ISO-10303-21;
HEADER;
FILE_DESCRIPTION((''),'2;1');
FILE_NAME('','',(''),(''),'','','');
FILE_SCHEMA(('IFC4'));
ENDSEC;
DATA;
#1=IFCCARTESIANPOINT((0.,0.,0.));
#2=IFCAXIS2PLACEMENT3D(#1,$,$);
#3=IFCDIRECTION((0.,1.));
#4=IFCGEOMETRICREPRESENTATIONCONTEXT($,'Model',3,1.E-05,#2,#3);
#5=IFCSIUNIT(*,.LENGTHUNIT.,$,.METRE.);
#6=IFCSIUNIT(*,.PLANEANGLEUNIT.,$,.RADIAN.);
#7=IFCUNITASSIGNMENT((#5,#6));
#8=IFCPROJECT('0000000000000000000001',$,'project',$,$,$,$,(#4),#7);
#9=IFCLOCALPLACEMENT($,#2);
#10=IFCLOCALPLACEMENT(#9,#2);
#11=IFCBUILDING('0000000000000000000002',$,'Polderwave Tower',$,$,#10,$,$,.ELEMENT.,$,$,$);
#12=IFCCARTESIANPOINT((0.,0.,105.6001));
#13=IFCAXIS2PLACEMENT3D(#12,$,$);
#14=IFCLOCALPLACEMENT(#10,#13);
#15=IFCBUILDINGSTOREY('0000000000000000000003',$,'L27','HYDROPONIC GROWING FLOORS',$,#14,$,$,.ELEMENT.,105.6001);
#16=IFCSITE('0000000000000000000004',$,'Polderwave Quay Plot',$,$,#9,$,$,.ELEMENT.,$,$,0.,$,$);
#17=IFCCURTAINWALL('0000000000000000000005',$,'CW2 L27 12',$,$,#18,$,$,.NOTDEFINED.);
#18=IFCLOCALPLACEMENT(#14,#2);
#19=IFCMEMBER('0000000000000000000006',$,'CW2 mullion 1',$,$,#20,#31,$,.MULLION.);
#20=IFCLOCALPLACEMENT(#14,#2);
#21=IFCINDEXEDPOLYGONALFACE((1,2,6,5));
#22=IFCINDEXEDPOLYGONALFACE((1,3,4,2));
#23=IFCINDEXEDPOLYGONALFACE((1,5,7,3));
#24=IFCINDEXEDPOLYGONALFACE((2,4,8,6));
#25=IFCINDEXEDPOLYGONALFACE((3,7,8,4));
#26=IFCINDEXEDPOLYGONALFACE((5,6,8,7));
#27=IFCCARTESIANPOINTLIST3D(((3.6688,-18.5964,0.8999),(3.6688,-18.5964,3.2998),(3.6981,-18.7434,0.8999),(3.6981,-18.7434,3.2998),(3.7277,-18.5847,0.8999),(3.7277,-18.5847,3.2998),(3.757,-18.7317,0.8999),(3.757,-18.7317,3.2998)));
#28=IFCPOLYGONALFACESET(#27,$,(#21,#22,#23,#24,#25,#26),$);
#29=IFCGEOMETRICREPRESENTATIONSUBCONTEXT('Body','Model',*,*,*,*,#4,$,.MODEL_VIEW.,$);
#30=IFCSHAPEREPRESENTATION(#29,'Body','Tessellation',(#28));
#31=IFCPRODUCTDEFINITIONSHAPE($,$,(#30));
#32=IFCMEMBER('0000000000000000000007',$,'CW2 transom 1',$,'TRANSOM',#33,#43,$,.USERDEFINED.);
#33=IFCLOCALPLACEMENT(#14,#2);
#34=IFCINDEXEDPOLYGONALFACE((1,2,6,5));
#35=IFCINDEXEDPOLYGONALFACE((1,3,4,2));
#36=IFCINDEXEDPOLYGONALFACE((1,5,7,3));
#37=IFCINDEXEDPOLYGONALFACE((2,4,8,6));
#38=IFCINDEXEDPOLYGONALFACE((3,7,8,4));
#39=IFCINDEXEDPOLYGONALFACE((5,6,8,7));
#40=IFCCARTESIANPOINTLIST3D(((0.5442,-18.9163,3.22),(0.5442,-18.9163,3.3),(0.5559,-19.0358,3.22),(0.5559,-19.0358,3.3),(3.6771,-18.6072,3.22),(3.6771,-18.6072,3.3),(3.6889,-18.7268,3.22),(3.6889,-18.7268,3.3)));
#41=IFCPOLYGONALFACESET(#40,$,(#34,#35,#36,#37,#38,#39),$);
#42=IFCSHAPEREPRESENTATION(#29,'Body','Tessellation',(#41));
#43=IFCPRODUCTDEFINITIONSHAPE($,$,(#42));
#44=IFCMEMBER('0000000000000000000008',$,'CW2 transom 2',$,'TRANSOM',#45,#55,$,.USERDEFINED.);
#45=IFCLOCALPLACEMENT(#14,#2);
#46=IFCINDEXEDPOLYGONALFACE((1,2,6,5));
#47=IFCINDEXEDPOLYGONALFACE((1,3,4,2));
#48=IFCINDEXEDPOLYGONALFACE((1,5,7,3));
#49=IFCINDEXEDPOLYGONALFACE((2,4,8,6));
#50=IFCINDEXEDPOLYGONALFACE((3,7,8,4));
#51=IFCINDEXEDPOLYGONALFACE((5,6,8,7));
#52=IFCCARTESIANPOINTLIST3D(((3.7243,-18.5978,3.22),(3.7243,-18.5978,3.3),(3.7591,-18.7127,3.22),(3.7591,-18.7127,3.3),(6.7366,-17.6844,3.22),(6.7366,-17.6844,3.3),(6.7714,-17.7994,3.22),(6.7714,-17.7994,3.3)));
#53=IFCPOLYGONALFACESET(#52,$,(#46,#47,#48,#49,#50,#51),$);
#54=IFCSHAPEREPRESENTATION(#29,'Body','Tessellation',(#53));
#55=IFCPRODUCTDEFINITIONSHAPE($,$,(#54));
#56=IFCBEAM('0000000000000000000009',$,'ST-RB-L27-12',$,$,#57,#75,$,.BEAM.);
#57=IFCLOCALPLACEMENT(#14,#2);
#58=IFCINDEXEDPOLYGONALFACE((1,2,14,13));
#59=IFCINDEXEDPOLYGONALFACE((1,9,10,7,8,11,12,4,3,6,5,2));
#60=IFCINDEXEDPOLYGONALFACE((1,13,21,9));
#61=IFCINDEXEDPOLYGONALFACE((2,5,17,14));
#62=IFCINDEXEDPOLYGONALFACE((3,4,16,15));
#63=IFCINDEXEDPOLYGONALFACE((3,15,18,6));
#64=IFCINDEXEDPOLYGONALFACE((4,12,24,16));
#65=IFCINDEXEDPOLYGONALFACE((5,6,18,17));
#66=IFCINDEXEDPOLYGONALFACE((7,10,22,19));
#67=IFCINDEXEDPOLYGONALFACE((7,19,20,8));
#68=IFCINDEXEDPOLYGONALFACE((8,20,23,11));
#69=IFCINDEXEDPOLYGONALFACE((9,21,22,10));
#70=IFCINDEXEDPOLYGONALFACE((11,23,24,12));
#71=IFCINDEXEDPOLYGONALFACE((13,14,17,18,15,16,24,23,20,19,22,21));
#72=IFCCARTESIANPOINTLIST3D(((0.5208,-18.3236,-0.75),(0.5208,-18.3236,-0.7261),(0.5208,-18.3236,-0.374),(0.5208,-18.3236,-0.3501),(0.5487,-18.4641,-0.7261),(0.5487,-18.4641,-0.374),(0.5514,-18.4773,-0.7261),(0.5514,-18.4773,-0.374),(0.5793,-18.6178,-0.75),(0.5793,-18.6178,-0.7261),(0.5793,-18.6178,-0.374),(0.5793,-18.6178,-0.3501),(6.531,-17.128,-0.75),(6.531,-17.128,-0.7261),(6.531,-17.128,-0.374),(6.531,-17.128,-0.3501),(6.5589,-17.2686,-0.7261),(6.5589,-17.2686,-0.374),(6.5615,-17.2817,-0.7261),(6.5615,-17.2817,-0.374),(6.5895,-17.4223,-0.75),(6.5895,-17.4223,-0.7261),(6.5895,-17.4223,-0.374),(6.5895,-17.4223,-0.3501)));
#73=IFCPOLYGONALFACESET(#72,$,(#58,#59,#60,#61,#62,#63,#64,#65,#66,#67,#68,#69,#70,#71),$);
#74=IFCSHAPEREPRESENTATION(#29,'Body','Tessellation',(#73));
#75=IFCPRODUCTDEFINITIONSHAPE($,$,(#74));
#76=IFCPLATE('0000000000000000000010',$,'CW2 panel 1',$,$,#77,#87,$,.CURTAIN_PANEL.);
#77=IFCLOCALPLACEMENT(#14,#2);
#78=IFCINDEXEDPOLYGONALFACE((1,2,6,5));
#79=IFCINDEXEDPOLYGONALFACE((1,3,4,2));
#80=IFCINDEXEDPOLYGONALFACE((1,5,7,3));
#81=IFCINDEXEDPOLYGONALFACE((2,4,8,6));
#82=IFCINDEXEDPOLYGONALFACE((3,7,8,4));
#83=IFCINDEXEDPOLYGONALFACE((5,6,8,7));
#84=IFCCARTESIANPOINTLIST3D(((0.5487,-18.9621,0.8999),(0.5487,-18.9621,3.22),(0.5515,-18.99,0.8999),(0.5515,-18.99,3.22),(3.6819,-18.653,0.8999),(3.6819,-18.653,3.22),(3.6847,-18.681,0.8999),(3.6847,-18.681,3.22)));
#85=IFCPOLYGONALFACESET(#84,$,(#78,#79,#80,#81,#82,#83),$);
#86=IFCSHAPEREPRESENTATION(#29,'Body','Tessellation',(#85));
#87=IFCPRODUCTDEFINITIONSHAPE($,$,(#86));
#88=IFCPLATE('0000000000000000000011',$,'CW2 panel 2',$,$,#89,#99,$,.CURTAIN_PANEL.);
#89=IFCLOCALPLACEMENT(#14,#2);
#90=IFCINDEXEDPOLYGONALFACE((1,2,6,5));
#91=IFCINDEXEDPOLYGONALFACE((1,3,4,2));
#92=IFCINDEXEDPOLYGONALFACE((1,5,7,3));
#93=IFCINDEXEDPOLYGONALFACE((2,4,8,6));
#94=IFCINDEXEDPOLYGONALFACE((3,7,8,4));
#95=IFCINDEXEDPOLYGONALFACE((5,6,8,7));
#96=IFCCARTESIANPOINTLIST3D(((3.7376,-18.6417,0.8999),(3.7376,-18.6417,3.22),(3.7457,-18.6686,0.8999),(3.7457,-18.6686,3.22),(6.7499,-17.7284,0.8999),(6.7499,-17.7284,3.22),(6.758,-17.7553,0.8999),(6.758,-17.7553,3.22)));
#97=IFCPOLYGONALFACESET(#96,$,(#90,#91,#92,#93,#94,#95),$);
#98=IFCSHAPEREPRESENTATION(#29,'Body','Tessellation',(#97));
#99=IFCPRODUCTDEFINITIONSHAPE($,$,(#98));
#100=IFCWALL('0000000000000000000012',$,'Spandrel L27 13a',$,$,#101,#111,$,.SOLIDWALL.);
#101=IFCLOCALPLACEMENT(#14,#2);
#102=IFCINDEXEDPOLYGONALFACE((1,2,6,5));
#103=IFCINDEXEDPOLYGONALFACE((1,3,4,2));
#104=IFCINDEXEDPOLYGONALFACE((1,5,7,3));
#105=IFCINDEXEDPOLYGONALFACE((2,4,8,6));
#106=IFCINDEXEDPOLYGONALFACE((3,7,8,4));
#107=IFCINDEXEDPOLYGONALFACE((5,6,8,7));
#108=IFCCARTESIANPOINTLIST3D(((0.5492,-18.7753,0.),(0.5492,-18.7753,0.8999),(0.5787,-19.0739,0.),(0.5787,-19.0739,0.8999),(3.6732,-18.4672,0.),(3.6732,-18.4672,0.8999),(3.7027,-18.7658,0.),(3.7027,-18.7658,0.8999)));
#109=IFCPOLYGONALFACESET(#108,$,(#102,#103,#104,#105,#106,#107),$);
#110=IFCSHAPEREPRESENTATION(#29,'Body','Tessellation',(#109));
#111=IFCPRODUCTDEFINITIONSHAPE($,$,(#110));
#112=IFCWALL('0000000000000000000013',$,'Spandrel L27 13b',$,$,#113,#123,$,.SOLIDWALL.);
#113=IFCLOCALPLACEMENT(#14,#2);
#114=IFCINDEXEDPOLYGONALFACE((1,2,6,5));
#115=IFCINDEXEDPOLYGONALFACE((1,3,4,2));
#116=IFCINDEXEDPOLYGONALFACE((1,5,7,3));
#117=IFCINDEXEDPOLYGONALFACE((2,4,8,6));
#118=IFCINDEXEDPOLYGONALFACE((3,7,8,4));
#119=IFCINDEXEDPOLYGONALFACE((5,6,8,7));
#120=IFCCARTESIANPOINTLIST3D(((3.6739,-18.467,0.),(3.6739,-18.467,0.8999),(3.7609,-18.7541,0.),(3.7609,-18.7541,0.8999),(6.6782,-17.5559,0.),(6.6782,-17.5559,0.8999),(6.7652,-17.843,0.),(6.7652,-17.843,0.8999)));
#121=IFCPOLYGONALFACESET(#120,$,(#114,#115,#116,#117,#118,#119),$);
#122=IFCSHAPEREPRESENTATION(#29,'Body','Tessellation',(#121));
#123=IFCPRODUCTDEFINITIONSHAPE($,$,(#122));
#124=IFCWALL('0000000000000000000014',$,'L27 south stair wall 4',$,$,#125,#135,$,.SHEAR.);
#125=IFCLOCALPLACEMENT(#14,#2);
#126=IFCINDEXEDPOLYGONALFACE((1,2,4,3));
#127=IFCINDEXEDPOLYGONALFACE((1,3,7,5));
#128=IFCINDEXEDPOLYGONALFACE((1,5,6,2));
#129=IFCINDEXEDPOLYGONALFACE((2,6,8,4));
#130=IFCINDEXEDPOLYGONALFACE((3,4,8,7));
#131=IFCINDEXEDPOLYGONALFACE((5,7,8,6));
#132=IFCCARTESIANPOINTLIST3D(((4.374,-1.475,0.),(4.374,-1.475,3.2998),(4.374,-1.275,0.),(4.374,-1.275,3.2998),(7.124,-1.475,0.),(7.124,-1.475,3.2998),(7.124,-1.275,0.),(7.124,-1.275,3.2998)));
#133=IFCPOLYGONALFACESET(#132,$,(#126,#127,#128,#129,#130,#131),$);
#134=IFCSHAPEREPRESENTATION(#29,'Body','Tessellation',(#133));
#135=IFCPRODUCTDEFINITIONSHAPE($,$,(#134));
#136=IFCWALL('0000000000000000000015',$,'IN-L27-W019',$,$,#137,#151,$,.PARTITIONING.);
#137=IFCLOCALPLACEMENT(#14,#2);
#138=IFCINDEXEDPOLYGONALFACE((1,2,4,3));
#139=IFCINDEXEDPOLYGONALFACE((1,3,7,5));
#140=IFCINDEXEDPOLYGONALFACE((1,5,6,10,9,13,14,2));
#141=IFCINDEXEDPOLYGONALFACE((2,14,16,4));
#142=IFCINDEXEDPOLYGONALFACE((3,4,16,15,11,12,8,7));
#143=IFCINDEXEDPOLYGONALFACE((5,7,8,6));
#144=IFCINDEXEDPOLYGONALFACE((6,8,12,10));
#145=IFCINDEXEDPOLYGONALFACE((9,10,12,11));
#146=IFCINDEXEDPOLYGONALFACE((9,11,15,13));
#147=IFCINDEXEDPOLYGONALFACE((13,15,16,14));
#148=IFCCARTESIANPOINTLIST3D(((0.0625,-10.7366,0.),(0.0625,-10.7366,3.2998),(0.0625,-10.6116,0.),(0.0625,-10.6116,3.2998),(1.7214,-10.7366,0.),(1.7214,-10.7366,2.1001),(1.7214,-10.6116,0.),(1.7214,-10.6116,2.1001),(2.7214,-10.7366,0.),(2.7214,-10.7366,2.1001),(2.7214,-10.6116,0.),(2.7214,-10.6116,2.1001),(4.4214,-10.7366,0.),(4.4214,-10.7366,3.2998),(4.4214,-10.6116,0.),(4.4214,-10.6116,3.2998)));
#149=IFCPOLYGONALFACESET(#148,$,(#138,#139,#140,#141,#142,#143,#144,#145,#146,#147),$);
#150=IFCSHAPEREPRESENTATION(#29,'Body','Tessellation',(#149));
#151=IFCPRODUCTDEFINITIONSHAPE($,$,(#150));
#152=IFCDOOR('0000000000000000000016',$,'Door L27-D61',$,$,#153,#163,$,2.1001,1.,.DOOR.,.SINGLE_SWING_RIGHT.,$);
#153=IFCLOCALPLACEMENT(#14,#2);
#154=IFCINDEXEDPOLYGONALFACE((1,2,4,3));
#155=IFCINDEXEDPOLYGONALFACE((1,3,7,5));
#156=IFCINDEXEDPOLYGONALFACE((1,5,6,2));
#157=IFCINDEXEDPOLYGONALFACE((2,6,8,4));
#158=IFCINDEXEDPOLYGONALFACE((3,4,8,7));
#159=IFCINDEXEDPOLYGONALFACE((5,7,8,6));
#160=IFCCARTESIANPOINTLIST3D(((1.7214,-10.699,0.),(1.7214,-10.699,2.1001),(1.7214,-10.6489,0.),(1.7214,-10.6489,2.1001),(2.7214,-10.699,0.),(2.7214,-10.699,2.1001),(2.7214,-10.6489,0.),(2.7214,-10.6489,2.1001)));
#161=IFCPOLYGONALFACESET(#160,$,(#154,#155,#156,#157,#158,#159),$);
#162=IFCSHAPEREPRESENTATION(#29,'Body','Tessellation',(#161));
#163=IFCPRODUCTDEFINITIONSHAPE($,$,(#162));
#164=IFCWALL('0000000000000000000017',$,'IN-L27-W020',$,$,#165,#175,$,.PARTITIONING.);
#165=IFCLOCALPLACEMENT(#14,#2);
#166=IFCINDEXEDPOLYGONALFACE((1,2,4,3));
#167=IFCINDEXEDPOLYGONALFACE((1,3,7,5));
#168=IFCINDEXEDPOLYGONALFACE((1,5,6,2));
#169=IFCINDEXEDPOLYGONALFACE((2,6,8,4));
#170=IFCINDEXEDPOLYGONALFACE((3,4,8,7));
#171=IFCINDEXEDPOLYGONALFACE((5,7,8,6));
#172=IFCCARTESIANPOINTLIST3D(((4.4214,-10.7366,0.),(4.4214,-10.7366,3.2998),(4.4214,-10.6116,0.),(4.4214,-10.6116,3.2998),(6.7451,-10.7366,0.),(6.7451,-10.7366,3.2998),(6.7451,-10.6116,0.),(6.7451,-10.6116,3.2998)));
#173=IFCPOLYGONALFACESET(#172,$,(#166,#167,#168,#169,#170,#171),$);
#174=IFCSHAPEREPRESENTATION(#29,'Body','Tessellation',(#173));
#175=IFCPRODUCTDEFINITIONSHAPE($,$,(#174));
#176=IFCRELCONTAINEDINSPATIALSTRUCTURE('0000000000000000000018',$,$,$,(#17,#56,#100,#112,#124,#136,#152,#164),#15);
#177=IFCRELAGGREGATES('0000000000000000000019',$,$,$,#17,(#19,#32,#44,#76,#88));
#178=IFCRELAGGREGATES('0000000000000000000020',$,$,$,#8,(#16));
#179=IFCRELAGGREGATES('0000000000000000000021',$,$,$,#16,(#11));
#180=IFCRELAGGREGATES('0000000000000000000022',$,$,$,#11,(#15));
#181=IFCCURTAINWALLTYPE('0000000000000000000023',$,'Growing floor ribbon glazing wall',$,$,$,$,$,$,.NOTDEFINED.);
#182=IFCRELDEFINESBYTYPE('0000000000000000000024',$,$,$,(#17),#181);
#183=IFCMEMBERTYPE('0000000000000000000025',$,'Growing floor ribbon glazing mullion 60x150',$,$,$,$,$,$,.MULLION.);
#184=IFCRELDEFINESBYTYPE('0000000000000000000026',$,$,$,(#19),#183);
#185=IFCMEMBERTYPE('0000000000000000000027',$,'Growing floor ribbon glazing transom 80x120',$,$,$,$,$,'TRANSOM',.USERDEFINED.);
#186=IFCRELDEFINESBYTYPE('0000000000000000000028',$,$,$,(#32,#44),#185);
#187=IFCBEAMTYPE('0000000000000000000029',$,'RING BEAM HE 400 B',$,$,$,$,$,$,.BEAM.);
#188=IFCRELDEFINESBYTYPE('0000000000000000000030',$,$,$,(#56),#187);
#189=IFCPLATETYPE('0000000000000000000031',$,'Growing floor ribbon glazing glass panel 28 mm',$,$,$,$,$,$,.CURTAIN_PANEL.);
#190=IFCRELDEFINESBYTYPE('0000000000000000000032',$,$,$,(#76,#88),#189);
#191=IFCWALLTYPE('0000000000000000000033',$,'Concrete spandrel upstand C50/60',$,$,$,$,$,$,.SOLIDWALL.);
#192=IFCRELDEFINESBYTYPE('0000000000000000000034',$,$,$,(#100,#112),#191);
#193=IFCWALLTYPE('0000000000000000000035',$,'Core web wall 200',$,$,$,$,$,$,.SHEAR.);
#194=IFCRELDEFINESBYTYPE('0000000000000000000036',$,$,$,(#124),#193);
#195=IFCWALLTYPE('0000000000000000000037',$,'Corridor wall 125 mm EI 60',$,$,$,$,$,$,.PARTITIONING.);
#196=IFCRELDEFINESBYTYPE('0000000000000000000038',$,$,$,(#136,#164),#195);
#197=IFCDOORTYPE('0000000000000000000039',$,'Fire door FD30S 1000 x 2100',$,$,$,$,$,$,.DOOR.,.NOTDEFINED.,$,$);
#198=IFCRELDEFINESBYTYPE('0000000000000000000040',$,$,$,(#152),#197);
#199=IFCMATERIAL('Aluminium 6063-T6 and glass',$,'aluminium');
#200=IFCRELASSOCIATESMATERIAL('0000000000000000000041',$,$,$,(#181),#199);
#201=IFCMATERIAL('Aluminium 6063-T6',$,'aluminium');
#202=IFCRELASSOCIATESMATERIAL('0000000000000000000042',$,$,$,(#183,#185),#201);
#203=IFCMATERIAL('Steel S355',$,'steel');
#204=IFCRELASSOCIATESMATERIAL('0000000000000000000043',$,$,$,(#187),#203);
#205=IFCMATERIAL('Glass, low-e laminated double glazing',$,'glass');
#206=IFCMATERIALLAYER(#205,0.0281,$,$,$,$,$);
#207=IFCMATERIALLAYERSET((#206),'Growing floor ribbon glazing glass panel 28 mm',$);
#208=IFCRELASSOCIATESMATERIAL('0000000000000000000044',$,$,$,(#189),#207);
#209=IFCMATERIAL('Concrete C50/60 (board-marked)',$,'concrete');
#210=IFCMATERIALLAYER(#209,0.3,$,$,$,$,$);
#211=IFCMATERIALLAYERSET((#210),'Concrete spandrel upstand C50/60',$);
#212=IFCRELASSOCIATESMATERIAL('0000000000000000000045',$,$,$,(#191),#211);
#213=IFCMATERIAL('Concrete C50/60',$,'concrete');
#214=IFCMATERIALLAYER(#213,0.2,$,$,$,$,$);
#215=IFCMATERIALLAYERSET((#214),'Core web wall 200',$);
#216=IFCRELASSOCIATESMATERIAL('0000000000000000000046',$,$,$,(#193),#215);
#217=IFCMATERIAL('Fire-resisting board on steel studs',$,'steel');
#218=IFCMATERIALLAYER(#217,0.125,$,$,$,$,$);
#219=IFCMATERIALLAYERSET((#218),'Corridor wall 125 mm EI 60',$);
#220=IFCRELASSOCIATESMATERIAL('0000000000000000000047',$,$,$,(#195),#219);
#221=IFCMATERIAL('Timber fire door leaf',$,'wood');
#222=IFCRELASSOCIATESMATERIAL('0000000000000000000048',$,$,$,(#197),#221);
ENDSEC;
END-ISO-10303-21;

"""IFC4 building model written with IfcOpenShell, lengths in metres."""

from ifc_helpers import new_model, si_unit, direction, frame, frame_2d, origin, origin_2d, place, context, subcontext, project, spatial, rectangle, i_section, extrude, material, layer, layer_set, material_profile, profile_set, type_object, element, fill, aggregate, save


model = new_model("IFC4")

# Units and contexts
model_context = context("Model", 3, precision=1e-05, world=origin(), true_north=direction((0.0, 1.0)))
body_context = subcontext(model_context, "Body", "Model", "MODEL_VIEW")
ifc_project = project(units=[si_unit("LENGTHUNIT", "METRE"), si_unit("PLANEANGLEUNIT", "RADIAN")], contexts=[model_context])

# Site, building, storey
site_placement = place(None, origin())
site = spatial("IfcSite", under=ifc_project, at=site_placement, Name="Polderwave Quay Plot", CompositionType="ELEMENT", RefElevation=0.0)
building_placement = place(site_placement, origin())
building = spatial("IfcBuilding", under=site, at=building_placement, Name="Polderwave Tower", CompositionType="ELEMENT")
storey_placement = place(building_placement, frame((0.0, 0.0, 105.6001)))
storey = spatial("IfcBuildingStorey", under=building, at=storey_placement, Name="L27", Description="HYDROPONIC GROWING FLOORS", CompositionType="ELEMENT", Elevation=105.6001)

# Curtain wall, members
ifc_material_1 = material(Name="Aluminium 6063-T6 and glass", Category="aluminium")
curtain_wall_type = type_object("IfcCurtainWallType", Name="Growing floor ribbon glazing wall", PredefinedType="NOTDEFINED", material=ifc_material_1)
curtain_wall_placement = place(storey_placement, origin())
curtain_wall = element("IfcCurtainWall", 1, at=curtain_wall_placement, inside=storey, type_object=curtain_wall_type, Name="CW2 L27 12", PredefinedType="NOTDEFINED")
ifc_material_2 = material(Name="Aluminium 6063-T6", Category="aluminium")
ifc_material_profile_1 = material_profile(ifc_material_2, rectangle(XDim=0.1499, YDim=0.0601, at=origin_2d()), Name="AL 60x150")
ifc_profile_set_1 = profile_set([ifc_material_profile_1], Name="Aluminium 6063-T6")
member_type_1 = type_object("IfcMemberType", Name="Growing floor ribbon glazing mullion 60x150", PredefinedType="MULLION", material=ifc_profile_set_1)
member_1_placement = place(storey_placement, frame((3.7129, -18.6641, 0.8999), z_axis=(0.0, 0.0, 1.0), x_axis=(-0.195092, 0.980785, 0.0)))
member_1 = element("IfcMember", 2, at=member_1_placement, type_object=member_type_1, Name="CW2 mullion 1", PredefinedType="MULLION", context=body_context, shape_type="SweptSolid", body=[
    extrude(rectangle(XDim=0.1499, YDim=0.0601, at=origin_2d()), origin(), (0.0, 0.0, 1.0), 2.3999),
])
ifc_material_profile_2 = material_profile(ifc_material_2, rectangle(XDim=0.1201, YDim=0.0801, at=origin_2d()), Name="AL 80x120")
ifc_profile_set_2 = profile_set([ifc_material_profile_2], Name="Aluminium 6063-T6")
member_type_2 = type_object("IfcMemberType", Name="Growing floor ribbon glazing transom 80x120", ElementType="TRANSOM", PredefinedType="USERDEFINED", material=ifc_profile_set_2)
member_2_placement = place(storey_placement, frame((0.55, -18.9761, 3.26), z_axis=(0.995169, 0.098175, 0.0), x_axis=(-0.098175, 0.995169, 0.0)))
member_2 = element("IfcMember", 3, at=member_2_placement, type_object=member_type_2, Name="CW2 transom 1", ObjectType="TRANSOM", PredefinedType="USERDEFINED", context=body_context, shape_type="SweptSolid", body=[
    extrude(rectangle(XDim=0.1201, YDim=0.0801, at=origin_2d()), origin(), (0.0, 0.0, 1.0), 3.1482),
])
member_3_placement = place(storey_placement, frame((3.7417, -18.6553, 3.26), z_axis=(0.956977, 0.290165, 0.0), x_axis=(-0.290165, 0.956977, 0.0)))
member_3 = element("IfcMember", 4, at=member_3_placement, type_object=member_type_2, Name="CW2 transom 2", ObjectType="TRANSOM", PredefinedType="USERDEFINED", context=body_context, shape_type="SweptSolid", body=[
    extrude(rectangle(XDim=0.1201, YDim=0.0801, at=origin_2d()), origin(), (0.0, 0.0, 1.0), 3.1477),
])

# Beam
ifc_material_3 = material(Name="Steel S355", Category="steel")
ifc_material_profile_3 = material_profile(ifc_material_3, i_section(OverallWidth=0.3, OverallDepth=0.3999, WebThickness=0.0134, FlangeThickness=0.0239, at=origin_2d()), Name="HE 400 B")
ifc_profile_set_3 = profile_set([ifc_material_profile_3], Name="Steel S355")
beam_type = type_object("IfcBeamType", Name="RING BEAM HE 400 B", PredefinedType="BEAM", material=ifc_profile_set_3)
beam_placement = place(storey_placement, frame((0.55, -18.4707, -0.55), z_axis=(0.980784, 0.195097, 0.0), x_axis=(-0.195097, 0.980784, 0.0)))
element("IfcBeam", 5, at=beam_placement, inside=storey, type_object=beam_type, Name="ST-RB-L27-12", PredefinedType="BEAM", context=body_context, shape_type="SweptSolid", body=[
    extrude(i_section(OverallWidth=0.3, OverallDepth=0.3999, WebThickness=0.0134, FlangeThickness=0.0239, at=origin_2d()), origin(), (0.0, 0.0, 1.0), 6.1279),
])

# Plates
ifc_material_4 = material(Name="Glass, low-e laminated double glazing", Category="glass")
ifc_layer_1 = layer(ifc_material_4, 0.0281)
ifc_layer_set_1 = layer_set([ifc_layer_1], Name="Growing floor ribbon glazing glass panel 28 mm")
plate_type = type_object("IfcPlateType", Name="Growing floor ribbon glazing glass panel 28 mm", PredefinedType="CURTAIN_PANEL", material=ifc_layer_set_1)
plate_1_placement = place(storey_placement, frame((2.1167, -18.8215, 0.8999), z_axis=(0.0, 0.0, 1.0), x_axis=(0.99517, 0.098165, 0.0)))
plate_1 = element("IfcPlate", 6, at=plate_1_placement, type_object=plate_type, Name="CW2 panel 1", PredefinedType="CURTAIN_PANEL", context=body_context, shape_type="SweptSolid", body=[
    extrude(rectangle(XDim=3.1484, YDim=0.0281, at=origin_2d()), origin(), (0.0, 0.0, 1.0), 2.3201),
])
plate_2_placement = place(storey_placement, frame((5.2478, -18.1985, 0.8999), z_axis=(0.0, 0.0, 1.0), x_axis=(0.956982, 0.290148, 0.0)))
plate_2 = element("IfcPlate", 7, at=plate_2_placement, type_object=plate_type, Name="CW2 panel 2", PredefinedType="CURTAIN_PANEL", context=body_context, shape_type="SweptSolid", body=[
    extrude(rectangle(XDim=3.1477, YDim=0.0281, at=origin_2d()), origin(), (0.0, 0.0, 1.0), 2.3201),
])
aggregate(curtain_wall, [member_1, member_2, member_3, plate_1, plate_2])

# Walls
ifc_material_5 = material(Name="Concrete C50/60 (board-marked)", Category="concrete")
ifc_layer_2 = layer(ifc_material_5, 0.3)
ifc_layer_set_2 = layer_set([ifc_layer_2], Name="Concrete spandrel upstand C50/60")
wall_type_1 = type_object("IfcWallType", Name="Concrete spandrel upstand C50/60", PredefinedType="SOLIDWALL", material=ifc_layer_set_2)
wall_1_placement = place(storey_placement, frame((0.564, -18.9246, 0.0), z_axis=(0.0, 0.0, 1.0), x_axis=(0.995172, 0.098148, 0.0)))
element("IfcWall", 8, at=wall_1_placement, inside=storey, type_object=wall_type_1, Name="Spandrel L27 13a", PredefinedType="SOLIDWALL", context=body_context, shape_type="SweptSolid", body=[
    extrude(rectangle(XDim=3.1392, YDim=0.3, at=frame_2d((1.5696, 0.0))), origin(), (0.0, 0.0, 1.0), 0.8999),
])
wall_2_placement = place(storey_placement, frame((3.7173, -18.6106, 0.0), z_axis=(0.0, 0.0, 1.0), x_axis=(0.956962, 0.290215, 0.0)))
element("IfcWall", 9, at=wall_2_placement, inside=storey, type_object=wall_type_1, Name="Spandrel L27 13b", PredefinedType="SOLIDWALL", context=body_context, shape_type="SweptSolid", body=[
    extrude(rectangle(XDim=3.1394, YDim=0.3, at=frame_2d((1.5698, 0.0))), origin(), (0.0, 0.0, 1.0), 0.8999),
])
ifc_material_6 = material(Name="Concrete C50/60", Category="concrete")
ifc_layer_3 = layer(ifc_material_6, 0.2)
ifc_layer_set_3 = layer_set([ifc_layer_3], Name="Core web wall 200")
wall_type_2 = type_object("IfcWallType", Name="Core web wall 200", PredefinedType="SHEAR", material=ifc_layer_set_3)
wall_3_placement = place(storey_placement, frame((4.374, -1.375, 0.0), z_axis=(0.0, 0.0, 1.0), x_axis=(1.0, 0.0, 0.0)))
element("IfcWall", 10, at=wall_3_placement, inside=storey, type_object=wall_type_2, Name="L27 south stair wall 4", PredefinedType="SHEAR", context=body_context, shape_type="SweptSolid", body=[
    extrude(rectangle(XDim=2.75, YDim=0.2, at=frame_2d((1.375, 0.0))), origin(), (0.0, 0.0, 1.0), 3.2998),
])

# Wall, opening, door
ifc_material_7 = material(Name="Fire-resisting board on steel studs", Category="steel")
ifc_layer_4 = layer(ifc_material_7, 0.125)
ifc_layer_set_4 = layer_set([ifc_layer_4], Name="Corridor wall 125 mm EI 60")
wall_type_3 = type_object("IfcWallType", Name="Corridor wall 125 mm EI 60", PredefinedType="PARTITIONING", material=ifc_layer_set_4)
wall_4_placement = place(storey_placement, frame((4.4214, -10.6741, 0.0), z_axis=(0.0, 0.0, 1.0), x_axis=(-1.0, 0.0, 0.0)))
wall_4 = element("IfcWall", 11, at=wall_4_placement, inside=storey, type_object=wall_type_3, Name="IN-L27-W019", PredefinedType="PARTITIONING", context=body_context, shape_type="SweptSolid", body=[
    extrude(rectangle(XDim=4.3589, YDim=0.125, at=frame_2d((2.1794, 0.0))), origin(), (0.0, 0.0, 1.0), 3.2998),
])
opening_placement = place(wall_4_placement, frame((1.7, 0.0, 0.0)))
opening = element("IfcOpeningElement", 12, at=opening_placement, cuts=wall_4, PredefinedType="OPENING", context=body_context, shape_type="SweptSolid", body=[
    extrude(rectangle(XDim=1.0, YDim=2.1001, at=frame_2d((0.5, 1.05))), frame((0.0, 0.0725, 0.0), z_axis=(0.0, -1.0, 0.0), x_axis=(1.0, 0.0, 0.0)), (0.0, 0.0, 1.0), 0.145),
])
ifc_material_8 = material(Name="Timber fire door leaf", Category="wood")
door_type = type_object("IfcDoorType", Name="Fire door FD30S 1000 x 2100", OperationType="NOTDEFINED", PredefinedType="DOOR", material=ifc_material_8)
door_placement = place(opening_placement, origin())
door = element("IfcDoor", 13, at=door_placement, inside=storey, type_object=door_type, Name="Door L27-D61", OperationType="SINGLE_SWING_RIGHT", OverallHeight=2.1001, OverallWidth=1.0, PredefinedType="DOOR", context=body_context, shape_type="SweptSolid", body=[
    extrude(rectangle(XDim=1.0, YDim=2.1001, at=frame_2d((0.5, 1.05))), frame((0.0, 0.0249, 0.0), z_axis=(0.0, -1.0, 0.0), x_axis=(1.0, 0.0, 0.0)), (0.0, 0.0, 1.0), 0.05),
])
fill(opening, door)

# Wall
wall_5_placement = place(storey_placement, frame((6.7451, -10.6741, 0.0), z_axis=(0.0, 0.0, 1.0), x_axis=(-1.0, 0.0, 0.0)))
element("IfcWall", 14, at=wall_5_placement, inside=storey, type_object=wall_type_3, Name="IN-L27-W020", PredefinedType="PARTITIONING", context=body_context, shape_type="SweptSolid", body=[
    extrude(rectangle(XDim=2.3237, YDim=0.125, at=frame_2d((1.1619, 0.0))), origin(), (0.0, 0.0, 1.0), 3.2998),
])

save(model, "model.ifc")
